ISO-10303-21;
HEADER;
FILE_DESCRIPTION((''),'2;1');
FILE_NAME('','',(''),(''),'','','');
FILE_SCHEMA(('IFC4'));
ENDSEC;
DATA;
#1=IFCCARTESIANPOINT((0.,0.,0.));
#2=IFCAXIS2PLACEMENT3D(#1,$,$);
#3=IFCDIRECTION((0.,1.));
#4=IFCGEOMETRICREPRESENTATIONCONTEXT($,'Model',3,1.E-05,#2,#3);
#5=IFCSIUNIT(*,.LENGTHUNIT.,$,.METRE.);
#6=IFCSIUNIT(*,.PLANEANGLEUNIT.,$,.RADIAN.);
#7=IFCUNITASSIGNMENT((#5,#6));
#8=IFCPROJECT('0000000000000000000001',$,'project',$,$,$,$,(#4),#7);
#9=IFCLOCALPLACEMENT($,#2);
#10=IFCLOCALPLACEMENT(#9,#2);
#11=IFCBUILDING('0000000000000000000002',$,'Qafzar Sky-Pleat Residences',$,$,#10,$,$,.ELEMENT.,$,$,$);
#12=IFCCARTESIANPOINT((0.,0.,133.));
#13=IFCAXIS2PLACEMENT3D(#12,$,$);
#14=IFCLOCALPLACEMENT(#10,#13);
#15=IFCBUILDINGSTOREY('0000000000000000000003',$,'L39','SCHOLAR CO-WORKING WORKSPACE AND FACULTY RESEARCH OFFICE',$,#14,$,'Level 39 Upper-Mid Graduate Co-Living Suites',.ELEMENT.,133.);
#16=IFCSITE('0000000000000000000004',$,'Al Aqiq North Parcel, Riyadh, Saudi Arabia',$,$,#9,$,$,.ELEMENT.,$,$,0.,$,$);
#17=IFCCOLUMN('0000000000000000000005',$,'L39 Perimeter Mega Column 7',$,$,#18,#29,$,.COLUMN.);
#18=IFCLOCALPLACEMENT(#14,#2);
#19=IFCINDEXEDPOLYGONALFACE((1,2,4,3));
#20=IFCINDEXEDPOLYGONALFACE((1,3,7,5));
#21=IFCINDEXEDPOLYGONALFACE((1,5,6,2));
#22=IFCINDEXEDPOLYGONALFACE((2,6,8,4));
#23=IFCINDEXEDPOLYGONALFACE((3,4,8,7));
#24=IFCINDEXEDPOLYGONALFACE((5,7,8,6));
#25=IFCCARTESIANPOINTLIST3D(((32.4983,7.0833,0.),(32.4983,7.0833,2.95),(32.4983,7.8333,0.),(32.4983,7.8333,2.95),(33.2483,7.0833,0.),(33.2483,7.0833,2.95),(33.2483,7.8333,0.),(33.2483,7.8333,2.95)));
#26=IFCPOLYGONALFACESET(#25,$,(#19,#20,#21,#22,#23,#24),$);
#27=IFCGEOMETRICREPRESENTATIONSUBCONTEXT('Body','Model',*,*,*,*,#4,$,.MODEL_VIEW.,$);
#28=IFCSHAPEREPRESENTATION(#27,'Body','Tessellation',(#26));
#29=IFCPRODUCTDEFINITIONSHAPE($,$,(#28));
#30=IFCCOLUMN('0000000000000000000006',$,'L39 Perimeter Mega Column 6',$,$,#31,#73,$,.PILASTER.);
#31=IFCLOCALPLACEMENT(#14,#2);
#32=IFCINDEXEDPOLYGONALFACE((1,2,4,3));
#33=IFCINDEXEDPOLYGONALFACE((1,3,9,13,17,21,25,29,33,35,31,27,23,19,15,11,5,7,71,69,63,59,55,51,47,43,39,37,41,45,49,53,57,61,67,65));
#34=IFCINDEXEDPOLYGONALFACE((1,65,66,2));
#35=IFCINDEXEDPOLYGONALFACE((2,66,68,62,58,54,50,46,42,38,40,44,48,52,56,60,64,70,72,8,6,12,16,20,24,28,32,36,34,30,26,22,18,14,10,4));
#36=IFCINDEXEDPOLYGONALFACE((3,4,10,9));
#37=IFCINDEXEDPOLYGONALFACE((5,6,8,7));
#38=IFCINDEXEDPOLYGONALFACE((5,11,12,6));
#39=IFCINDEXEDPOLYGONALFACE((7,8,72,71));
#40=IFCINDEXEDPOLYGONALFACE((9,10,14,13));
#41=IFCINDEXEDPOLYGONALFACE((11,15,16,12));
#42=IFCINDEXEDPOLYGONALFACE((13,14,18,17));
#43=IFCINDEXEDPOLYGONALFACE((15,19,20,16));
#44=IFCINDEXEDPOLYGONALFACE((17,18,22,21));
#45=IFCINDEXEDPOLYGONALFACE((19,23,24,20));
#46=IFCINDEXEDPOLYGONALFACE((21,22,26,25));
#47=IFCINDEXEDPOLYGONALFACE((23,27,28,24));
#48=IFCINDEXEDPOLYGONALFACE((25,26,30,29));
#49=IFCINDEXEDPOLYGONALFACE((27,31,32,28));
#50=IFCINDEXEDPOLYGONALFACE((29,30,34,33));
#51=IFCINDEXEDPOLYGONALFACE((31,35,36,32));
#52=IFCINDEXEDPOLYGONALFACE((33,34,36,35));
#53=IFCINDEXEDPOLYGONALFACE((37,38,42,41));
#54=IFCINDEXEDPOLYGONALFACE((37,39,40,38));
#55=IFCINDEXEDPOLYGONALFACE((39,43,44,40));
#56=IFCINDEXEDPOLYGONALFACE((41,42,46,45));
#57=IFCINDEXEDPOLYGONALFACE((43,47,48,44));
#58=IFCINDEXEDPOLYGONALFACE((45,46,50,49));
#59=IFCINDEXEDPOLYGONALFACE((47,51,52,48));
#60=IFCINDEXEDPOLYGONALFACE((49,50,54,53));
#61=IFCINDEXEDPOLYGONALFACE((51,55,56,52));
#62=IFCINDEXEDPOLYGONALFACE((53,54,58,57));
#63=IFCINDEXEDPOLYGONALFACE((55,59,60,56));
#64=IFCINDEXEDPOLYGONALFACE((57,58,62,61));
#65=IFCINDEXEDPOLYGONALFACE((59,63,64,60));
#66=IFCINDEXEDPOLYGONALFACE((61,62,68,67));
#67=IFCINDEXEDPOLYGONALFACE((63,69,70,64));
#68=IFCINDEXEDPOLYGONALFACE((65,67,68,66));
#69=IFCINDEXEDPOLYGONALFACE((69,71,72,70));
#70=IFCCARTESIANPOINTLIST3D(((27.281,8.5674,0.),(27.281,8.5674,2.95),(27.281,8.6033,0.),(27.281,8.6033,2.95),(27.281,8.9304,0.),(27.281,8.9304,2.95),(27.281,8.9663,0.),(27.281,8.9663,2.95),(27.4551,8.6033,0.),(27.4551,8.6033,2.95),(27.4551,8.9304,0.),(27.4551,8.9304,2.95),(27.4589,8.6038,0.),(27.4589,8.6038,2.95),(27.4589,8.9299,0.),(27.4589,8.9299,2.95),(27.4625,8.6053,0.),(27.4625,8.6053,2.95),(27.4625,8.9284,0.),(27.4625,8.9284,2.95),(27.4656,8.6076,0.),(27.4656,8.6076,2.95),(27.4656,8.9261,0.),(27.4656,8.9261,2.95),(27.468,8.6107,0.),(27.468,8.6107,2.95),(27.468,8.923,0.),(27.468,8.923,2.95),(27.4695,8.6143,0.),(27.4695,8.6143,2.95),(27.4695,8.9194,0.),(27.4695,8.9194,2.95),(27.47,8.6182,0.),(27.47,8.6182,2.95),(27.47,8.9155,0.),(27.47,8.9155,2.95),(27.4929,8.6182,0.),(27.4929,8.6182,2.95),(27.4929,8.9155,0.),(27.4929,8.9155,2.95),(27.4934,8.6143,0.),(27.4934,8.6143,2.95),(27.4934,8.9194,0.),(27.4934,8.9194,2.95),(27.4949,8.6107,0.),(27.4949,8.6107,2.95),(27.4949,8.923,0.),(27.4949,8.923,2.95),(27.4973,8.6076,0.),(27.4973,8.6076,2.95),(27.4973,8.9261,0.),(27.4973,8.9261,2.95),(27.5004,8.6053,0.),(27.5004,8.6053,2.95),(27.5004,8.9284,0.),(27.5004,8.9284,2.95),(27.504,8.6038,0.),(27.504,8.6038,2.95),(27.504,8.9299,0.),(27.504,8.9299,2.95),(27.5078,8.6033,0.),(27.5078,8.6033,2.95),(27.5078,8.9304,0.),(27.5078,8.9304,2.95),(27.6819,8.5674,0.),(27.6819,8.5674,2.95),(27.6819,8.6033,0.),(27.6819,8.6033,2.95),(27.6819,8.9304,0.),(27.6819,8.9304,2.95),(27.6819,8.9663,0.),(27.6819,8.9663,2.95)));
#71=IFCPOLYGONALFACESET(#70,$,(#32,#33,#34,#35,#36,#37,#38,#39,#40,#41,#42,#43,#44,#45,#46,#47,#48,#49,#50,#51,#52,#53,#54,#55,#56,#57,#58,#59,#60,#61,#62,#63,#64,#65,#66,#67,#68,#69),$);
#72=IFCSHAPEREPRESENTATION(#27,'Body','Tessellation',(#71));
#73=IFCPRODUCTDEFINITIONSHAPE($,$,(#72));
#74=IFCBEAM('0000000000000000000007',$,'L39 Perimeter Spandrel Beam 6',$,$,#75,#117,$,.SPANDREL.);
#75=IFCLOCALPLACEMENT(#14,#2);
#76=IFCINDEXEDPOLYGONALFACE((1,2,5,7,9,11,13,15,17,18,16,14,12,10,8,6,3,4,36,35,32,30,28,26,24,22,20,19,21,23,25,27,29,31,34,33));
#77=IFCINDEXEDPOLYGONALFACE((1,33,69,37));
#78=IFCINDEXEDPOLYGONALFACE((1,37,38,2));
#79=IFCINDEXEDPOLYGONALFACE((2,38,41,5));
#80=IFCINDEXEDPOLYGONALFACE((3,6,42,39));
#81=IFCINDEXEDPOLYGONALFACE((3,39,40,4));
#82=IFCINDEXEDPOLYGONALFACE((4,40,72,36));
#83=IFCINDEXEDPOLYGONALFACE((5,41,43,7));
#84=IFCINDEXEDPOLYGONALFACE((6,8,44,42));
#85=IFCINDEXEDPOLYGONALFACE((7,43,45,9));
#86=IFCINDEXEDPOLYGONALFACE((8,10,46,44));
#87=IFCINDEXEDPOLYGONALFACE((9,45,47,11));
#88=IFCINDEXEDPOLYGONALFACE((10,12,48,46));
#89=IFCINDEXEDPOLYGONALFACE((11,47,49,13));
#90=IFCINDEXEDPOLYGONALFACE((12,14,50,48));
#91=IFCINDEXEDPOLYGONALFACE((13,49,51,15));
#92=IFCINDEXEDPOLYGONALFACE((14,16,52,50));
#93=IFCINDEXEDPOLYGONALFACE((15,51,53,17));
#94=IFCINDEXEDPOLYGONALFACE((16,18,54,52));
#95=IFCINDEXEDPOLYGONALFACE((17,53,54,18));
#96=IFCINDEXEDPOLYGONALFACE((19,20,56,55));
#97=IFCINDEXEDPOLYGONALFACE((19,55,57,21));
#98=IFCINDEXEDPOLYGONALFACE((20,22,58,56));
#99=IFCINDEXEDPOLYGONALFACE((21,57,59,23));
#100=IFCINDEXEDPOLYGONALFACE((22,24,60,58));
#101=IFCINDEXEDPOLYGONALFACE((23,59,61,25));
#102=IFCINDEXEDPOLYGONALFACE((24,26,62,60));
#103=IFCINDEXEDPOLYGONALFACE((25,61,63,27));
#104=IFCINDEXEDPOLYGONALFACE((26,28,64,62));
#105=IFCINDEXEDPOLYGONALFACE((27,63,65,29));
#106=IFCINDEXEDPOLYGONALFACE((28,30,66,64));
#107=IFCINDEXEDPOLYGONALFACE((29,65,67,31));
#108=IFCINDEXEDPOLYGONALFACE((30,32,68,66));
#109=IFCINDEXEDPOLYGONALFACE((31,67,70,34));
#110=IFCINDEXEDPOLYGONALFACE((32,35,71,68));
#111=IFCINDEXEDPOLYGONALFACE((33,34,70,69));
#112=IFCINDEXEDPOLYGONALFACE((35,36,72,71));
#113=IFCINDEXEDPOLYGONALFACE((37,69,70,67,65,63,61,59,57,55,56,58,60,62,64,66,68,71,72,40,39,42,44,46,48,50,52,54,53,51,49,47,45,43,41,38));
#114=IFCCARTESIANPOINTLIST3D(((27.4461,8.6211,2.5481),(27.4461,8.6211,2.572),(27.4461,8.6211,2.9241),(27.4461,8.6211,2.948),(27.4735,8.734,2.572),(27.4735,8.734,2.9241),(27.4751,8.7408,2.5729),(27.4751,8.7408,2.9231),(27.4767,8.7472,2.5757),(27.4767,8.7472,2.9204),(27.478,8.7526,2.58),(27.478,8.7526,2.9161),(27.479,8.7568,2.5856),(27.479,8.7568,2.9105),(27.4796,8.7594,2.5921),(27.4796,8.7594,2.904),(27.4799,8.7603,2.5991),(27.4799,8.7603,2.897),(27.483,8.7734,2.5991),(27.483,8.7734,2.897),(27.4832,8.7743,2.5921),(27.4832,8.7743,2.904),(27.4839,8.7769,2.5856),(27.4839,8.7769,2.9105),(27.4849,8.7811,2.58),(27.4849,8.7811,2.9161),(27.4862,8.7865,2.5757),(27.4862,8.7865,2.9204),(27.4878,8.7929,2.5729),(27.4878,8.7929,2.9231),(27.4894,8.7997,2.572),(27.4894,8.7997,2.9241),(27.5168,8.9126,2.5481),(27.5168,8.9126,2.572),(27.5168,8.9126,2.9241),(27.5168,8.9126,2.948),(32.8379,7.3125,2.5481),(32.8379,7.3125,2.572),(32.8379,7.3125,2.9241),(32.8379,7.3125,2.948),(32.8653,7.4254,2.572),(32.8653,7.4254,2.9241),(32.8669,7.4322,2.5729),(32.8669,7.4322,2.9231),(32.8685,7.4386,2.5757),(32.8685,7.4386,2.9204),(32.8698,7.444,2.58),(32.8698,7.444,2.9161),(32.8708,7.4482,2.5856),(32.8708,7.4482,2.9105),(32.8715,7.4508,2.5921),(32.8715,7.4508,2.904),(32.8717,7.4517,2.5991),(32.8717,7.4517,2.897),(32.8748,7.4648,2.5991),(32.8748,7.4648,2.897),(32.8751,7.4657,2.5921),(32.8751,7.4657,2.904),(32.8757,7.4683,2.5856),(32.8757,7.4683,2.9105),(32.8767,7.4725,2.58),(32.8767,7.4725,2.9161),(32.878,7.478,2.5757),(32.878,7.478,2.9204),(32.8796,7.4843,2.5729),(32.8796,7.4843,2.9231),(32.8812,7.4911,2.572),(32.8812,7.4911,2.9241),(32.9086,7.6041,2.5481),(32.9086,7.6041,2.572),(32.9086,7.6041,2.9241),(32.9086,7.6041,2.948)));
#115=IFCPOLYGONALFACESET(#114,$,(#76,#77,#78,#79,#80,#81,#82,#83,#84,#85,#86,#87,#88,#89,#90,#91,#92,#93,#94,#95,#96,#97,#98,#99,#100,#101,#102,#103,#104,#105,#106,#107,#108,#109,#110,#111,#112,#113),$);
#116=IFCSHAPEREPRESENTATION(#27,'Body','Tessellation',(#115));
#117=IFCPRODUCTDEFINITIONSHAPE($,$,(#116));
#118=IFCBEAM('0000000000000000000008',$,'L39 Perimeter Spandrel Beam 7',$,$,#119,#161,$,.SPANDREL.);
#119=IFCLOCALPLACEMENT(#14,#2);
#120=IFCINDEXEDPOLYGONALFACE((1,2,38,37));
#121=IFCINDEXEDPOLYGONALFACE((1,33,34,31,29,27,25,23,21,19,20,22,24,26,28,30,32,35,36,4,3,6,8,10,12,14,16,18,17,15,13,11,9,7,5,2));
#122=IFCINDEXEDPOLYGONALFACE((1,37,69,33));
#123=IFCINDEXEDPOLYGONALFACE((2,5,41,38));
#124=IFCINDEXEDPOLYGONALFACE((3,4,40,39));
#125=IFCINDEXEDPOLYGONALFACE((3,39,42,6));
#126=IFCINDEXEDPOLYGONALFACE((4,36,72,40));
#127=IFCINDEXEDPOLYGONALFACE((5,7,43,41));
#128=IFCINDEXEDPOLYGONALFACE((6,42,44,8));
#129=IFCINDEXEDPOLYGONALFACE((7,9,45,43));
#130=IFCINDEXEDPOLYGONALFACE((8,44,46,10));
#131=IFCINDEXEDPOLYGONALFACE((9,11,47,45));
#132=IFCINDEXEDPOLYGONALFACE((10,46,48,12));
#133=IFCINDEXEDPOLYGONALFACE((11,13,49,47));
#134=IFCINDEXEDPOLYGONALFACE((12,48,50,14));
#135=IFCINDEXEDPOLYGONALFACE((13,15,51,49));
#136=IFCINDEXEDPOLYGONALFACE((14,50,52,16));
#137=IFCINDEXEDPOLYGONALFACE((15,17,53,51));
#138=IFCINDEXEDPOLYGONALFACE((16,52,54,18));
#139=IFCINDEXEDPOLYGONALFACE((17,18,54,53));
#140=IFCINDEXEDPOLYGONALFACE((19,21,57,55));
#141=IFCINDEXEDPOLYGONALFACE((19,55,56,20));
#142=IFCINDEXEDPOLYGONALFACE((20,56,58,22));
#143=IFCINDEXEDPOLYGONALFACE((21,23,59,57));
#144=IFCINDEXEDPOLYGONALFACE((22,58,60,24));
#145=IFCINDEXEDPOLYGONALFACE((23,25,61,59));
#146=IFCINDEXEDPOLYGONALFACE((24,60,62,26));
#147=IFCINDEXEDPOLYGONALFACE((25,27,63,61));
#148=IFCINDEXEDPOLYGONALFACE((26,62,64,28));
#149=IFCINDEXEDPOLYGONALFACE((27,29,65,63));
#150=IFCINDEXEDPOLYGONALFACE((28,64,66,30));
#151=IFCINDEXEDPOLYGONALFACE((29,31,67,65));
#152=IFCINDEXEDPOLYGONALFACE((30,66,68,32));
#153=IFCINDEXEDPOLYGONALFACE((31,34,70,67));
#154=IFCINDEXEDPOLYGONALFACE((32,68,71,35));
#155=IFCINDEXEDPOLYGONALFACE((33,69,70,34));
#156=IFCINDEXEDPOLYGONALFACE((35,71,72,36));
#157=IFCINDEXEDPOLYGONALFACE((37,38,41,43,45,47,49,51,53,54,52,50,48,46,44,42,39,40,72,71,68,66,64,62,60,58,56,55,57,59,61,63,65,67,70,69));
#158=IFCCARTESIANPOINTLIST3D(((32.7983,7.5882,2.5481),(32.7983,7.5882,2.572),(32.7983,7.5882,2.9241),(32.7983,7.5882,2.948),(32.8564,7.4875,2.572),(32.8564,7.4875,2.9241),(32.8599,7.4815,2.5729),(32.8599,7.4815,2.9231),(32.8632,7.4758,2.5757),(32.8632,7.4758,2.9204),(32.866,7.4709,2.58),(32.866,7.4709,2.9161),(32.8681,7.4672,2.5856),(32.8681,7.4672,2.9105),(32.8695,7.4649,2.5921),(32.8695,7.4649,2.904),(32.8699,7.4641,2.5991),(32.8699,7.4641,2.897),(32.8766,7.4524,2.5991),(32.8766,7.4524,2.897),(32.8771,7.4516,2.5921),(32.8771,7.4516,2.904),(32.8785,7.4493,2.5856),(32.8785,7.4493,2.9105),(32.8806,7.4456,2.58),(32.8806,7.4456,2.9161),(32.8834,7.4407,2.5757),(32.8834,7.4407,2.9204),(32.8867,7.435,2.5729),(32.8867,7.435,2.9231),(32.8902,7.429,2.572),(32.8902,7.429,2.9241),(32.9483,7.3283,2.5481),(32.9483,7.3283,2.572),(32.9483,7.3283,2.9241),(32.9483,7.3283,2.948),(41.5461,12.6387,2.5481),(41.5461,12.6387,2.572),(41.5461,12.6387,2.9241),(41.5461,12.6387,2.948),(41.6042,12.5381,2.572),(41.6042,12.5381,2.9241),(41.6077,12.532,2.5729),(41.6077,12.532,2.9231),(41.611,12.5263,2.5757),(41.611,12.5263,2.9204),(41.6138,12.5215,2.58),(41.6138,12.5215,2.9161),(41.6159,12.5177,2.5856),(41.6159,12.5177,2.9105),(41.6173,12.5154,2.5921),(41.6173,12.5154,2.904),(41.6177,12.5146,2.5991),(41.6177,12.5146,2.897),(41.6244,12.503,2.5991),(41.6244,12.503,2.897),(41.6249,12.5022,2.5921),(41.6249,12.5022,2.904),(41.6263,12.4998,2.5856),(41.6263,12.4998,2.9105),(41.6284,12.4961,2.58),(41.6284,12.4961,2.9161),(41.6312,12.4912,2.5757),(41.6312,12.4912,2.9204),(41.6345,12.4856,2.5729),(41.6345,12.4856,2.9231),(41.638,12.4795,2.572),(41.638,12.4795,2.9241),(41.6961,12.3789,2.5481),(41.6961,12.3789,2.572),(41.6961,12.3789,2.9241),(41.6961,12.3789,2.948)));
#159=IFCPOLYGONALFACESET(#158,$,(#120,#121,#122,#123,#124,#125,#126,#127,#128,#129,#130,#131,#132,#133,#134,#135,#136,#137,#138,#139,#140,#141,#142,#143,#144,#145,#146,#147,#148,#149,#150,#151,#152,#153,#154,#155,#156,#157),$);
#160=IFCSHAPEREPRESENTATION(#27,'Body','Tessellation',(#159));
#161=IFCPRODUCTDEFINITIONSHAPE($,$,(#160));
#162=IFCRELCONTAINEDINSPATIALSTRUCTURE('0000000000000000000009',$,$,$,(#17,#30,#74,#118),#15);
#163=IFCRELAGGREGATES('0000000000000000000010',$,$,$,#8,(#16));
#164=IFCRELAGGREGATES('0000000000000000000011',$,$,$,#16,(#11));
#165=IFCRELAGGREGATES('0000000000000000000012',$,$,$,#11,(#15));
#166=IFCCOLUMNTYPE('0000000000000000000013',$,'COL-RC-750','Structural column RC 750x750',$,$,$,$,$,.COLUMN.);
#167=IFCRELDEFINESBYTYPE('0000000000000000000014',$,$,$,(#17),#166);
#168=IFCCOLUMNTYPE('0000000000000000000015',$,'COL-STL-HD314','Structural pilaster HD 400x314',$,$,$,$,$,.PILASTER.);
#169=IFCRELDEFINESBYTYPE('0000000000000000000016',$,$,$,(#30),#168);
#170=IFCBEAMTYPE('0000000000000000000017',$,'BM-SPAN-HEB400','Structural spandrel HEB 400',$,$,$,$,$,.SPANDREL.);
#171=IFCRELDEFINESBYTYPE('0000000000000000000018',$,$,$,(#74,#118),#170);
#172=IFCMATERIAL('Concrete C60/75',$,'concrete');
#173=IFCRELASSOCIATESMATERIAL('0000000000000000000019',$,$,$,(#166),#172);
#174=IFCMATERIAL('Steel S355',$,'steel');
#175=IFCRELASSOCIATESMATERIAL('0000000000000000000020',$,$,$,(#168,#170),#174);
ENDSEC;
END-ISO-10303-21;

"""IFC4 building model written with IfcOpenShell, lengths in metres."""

from ifc_helpers import new_model, si_unit, direction, frame, origin, origin_2d, place, context, subcontext, project, spatial, rectangle, i_section, extrude, source, transform, mapped, material, material_profile, profile_set, type_object, element, save


model = new_model("IFC4")

# Units and contexts
model_context = context("Model", 3, precision=1e-05, world=origin(), true_north=direction((0.0, 1.0)))
body_context = subcontext(model_context, "Body", "Model", "MODEL_VIEW")
ifc_project = project(units=[si_unit("LENGTHUNIT", "METRE"), si_unit("PLANEANGLEUNIT", "RADIAN")], contexts=[model_context])

# Site, building, storey
site_placement = place(None, origin())
site = spatial("IfcSite", under=ifc_project, at=site_placement, Name="Al Aqiq North Parcel, Riyadh, Saudi Arabia", CompositionType="ELEMENT", RefElevation=0.0)
building_placement = place(site_placement, origin())
building = spatial("IfcBuilding", under=site, at=building_placement, Name="Qafzar Sky-Pleat Residences", CompositionType="ELEMENT")
storey_placement = place(building_placement, frame((0.0, 0.0, 133.0)))
storey = spatial("IfcBuildingStorey", under=building, at=storey_placement, Name="L39", Description="SCHOLAR CO-WORKING WORKSPACE AND FACULTY RESEARCH OFFICE", LongName="Level 39 Upper-Mid Graduate Co-Living Suites", CompositionType="ELEMENT", Elevation=133.0)

# Columns
ifc_material_1 = material(Name="Concrete C60/75", Category="concrete")
ifc_material_profile_1 = material_profile(ifc_material_1, rectangle(XDim=0.75, YDim=0.75, at=origin_2d()), Name="RC 750x750")
ifc_profile_set_1 = profile_set([ifc_material_profile_1], Name="Concrete C60/75")
column_type_1 = type_object("IfcColumnType", Name="COL-RC-750", Description="Structural column RC 750x750", PredefinedType="COLUMN", material=ifc_profile_set_1)
shared_shape_1 = source(origin(), body_context, "Body", "SweptSolid", [
    extrude(rectangle(XDim=0.75, YDim=0.75, at=origin_2d()), origin(), (0.0, 0.0, 1.0), 2.95),
])
column_1_placement = place(storey_placement, frame((32.8733, 7.4583, 0.0), z_axis=(0.0, 0.0, 1.0), x_axis=(1.0, 0.0, 0.0)))
element("IfcColumn", 1, at=column_1_placement, inside=storey, type_object=column_type_1, Name="L39 Perimeter Mega Column 7", PredefinedType="COLUMN", context=body_context, shape_type="MappedRepresentation", body=[
    mapped(shared_shape_1, transform((0.0, 0.0, 0.0), x_axis=(1.0, 0.0, 0.0), y_axis=(0.0, 1.0, 0.0), z_axis=(0.0, 0.0, 1.0), scale=1.0)),
])
ifc_material_2 = material(Name="Steel S355", Category="steel")
ifc_material_profile_2 = material_profile(ifc_material_2, i_section(OverallWidth=0.4009, OverallDepth=0.3989, WebThickness=0.0229, FlangeThickness=0.0359, FilletRadius=0.0149, at=origin_2d()), Name="HD 400x314")
ifc_profile_set_2 = profile_set([ifc_material_profile_2], Name="Steel S355")
column_type_2 = type_object("IfcColumnType", Name="COL-STL-HD314", Description="Structural pilaster HD 400x314", PredefinedType="PILASTER", material=ifc_profile_set_2)
shared_shape_2 = source(origin(), body_context, "Body", "SweptSolid", [
    extrude(i_section(OverallWidth=0.4009, OverallDepth=0.3989, WebThickness=0.0229, FlangeThickness=0.0359, FilletRadius=0.0149, at=origin_2d()), origin(), (0.0, 0.0, 1.0), 2.95),
])
column_2_placement = place(storey_placement, frame((27.4814, 8.7668, 0.0), z_axis=(0.0, 0.0, 1.0), x_axis=(1.0, 0.0, 0.0)))
element("IfcColumn", 2, at=column_2_placement, inside=storey, type_object=column_type_2, Name="L39 Perimeter Mega Column 6", PredefinedType="PILASTER", context=body_context, shape_type="MappedRepresentation", body=[
    mapped(shared_shape_2, transform((0.0, 0.0, 0.0), x_axis=(1.0, 0.0, 0.0), y_axis=(0.0, 1.0, 0.0), z_axis=(0.0, 0.0, 1.0), scale=1.0)),
])

# Beams
ifc_material_profile_3 = material_profile(ifc_material_2, i_section(OverallWidth=0.3, OverallDepth=0.3999, WebThickness=0.0134, FlangeThickness=0.0239, FilletRadius=0.0271, at=origin_2d()), Name="HEB 400")
ifc_profile_set_3 = profile_set([ifc_material_profile_3], Name="Steel S355")
beam_type_1 = type_object("IfcBeamType", Name="BM-SPAN-HEB400", Description="Structural spandrel HEB 400", PredefinedType="SPANDREL", material=ifc_profile_set_3)
shared_shape_3 = source(origin(), body_context, "Body", "SweptSolid", [
    extrude(i_section(OverallWidth=0.3, OverallDepth=0.3999, WebThickness=0.0134, FlangeThickness=0.0239, FilletRadius=0.0271, at=origin_2d()), origin(), (0.0, 0.0, 1.0), 5.5483),
])
beam_1_placement = place(storey_placement, frame((27.4814, 8.7668, 2.748), z_axis=(0.971789, -0.235852, 0.0), x_axis=(0.235852, 0.971789, 0.0)))
element("IfcBeam", 3, at=beam_1_placement, inside=storey, type_object=beam_type_1, Name="L39 Perimeter Spandrel Beam 6", PredefinedType="SPANDREL", context=body_context, shape_type="MappedRepresentation", body=[
    mapped(shared_shape_3, transform((0.0, 0.0, 0.0), x_axis=(1.0, 0.0, 0.0), y_axis=(0.0, 1.0, 0.0), z_axis=(0.0, 0.0, 1.0), scale=1.0)),
])
shared_shape_4 = source(origin(), body_context, "Body", "SweptSolid", [
    extrude(i_section(OverallWidth=0.3, OverallDepth=0.3999, WebThickness=0.0134, FlangeThickness=0.0239, FilletRadius=0.0271, at=origin_2d()), origin(), (0.0, 0.0, 1.0), 10.1011),
])
beam_2_placement = place(storey_placement, frame((32.8733, 7.4583, 2.748), z_axis=(0.866026, 0.499999, 0.0), x_axis=(-0.499999, 0.866026, 0.0)))
element("IfcBeam", 4, at=beam_2_placement, inside=storey, type_object=beam_type_1, Name="L39 Perimeter Spandrel Beam 7", PredefinedType="SPANDREL", context=body_context, shape_type="MappedRepresentation", body=[
    mapped(shared_shape_4, transform((0.0, 0.0, 0.0), x_axis=(1.0, 0.0, 0.0), y_axis=(0.0, 1.0, 0.0), z_axis=(0.0, 0.0, 1.0), scale=1.0)),
])

save(model, "model.ifc")
